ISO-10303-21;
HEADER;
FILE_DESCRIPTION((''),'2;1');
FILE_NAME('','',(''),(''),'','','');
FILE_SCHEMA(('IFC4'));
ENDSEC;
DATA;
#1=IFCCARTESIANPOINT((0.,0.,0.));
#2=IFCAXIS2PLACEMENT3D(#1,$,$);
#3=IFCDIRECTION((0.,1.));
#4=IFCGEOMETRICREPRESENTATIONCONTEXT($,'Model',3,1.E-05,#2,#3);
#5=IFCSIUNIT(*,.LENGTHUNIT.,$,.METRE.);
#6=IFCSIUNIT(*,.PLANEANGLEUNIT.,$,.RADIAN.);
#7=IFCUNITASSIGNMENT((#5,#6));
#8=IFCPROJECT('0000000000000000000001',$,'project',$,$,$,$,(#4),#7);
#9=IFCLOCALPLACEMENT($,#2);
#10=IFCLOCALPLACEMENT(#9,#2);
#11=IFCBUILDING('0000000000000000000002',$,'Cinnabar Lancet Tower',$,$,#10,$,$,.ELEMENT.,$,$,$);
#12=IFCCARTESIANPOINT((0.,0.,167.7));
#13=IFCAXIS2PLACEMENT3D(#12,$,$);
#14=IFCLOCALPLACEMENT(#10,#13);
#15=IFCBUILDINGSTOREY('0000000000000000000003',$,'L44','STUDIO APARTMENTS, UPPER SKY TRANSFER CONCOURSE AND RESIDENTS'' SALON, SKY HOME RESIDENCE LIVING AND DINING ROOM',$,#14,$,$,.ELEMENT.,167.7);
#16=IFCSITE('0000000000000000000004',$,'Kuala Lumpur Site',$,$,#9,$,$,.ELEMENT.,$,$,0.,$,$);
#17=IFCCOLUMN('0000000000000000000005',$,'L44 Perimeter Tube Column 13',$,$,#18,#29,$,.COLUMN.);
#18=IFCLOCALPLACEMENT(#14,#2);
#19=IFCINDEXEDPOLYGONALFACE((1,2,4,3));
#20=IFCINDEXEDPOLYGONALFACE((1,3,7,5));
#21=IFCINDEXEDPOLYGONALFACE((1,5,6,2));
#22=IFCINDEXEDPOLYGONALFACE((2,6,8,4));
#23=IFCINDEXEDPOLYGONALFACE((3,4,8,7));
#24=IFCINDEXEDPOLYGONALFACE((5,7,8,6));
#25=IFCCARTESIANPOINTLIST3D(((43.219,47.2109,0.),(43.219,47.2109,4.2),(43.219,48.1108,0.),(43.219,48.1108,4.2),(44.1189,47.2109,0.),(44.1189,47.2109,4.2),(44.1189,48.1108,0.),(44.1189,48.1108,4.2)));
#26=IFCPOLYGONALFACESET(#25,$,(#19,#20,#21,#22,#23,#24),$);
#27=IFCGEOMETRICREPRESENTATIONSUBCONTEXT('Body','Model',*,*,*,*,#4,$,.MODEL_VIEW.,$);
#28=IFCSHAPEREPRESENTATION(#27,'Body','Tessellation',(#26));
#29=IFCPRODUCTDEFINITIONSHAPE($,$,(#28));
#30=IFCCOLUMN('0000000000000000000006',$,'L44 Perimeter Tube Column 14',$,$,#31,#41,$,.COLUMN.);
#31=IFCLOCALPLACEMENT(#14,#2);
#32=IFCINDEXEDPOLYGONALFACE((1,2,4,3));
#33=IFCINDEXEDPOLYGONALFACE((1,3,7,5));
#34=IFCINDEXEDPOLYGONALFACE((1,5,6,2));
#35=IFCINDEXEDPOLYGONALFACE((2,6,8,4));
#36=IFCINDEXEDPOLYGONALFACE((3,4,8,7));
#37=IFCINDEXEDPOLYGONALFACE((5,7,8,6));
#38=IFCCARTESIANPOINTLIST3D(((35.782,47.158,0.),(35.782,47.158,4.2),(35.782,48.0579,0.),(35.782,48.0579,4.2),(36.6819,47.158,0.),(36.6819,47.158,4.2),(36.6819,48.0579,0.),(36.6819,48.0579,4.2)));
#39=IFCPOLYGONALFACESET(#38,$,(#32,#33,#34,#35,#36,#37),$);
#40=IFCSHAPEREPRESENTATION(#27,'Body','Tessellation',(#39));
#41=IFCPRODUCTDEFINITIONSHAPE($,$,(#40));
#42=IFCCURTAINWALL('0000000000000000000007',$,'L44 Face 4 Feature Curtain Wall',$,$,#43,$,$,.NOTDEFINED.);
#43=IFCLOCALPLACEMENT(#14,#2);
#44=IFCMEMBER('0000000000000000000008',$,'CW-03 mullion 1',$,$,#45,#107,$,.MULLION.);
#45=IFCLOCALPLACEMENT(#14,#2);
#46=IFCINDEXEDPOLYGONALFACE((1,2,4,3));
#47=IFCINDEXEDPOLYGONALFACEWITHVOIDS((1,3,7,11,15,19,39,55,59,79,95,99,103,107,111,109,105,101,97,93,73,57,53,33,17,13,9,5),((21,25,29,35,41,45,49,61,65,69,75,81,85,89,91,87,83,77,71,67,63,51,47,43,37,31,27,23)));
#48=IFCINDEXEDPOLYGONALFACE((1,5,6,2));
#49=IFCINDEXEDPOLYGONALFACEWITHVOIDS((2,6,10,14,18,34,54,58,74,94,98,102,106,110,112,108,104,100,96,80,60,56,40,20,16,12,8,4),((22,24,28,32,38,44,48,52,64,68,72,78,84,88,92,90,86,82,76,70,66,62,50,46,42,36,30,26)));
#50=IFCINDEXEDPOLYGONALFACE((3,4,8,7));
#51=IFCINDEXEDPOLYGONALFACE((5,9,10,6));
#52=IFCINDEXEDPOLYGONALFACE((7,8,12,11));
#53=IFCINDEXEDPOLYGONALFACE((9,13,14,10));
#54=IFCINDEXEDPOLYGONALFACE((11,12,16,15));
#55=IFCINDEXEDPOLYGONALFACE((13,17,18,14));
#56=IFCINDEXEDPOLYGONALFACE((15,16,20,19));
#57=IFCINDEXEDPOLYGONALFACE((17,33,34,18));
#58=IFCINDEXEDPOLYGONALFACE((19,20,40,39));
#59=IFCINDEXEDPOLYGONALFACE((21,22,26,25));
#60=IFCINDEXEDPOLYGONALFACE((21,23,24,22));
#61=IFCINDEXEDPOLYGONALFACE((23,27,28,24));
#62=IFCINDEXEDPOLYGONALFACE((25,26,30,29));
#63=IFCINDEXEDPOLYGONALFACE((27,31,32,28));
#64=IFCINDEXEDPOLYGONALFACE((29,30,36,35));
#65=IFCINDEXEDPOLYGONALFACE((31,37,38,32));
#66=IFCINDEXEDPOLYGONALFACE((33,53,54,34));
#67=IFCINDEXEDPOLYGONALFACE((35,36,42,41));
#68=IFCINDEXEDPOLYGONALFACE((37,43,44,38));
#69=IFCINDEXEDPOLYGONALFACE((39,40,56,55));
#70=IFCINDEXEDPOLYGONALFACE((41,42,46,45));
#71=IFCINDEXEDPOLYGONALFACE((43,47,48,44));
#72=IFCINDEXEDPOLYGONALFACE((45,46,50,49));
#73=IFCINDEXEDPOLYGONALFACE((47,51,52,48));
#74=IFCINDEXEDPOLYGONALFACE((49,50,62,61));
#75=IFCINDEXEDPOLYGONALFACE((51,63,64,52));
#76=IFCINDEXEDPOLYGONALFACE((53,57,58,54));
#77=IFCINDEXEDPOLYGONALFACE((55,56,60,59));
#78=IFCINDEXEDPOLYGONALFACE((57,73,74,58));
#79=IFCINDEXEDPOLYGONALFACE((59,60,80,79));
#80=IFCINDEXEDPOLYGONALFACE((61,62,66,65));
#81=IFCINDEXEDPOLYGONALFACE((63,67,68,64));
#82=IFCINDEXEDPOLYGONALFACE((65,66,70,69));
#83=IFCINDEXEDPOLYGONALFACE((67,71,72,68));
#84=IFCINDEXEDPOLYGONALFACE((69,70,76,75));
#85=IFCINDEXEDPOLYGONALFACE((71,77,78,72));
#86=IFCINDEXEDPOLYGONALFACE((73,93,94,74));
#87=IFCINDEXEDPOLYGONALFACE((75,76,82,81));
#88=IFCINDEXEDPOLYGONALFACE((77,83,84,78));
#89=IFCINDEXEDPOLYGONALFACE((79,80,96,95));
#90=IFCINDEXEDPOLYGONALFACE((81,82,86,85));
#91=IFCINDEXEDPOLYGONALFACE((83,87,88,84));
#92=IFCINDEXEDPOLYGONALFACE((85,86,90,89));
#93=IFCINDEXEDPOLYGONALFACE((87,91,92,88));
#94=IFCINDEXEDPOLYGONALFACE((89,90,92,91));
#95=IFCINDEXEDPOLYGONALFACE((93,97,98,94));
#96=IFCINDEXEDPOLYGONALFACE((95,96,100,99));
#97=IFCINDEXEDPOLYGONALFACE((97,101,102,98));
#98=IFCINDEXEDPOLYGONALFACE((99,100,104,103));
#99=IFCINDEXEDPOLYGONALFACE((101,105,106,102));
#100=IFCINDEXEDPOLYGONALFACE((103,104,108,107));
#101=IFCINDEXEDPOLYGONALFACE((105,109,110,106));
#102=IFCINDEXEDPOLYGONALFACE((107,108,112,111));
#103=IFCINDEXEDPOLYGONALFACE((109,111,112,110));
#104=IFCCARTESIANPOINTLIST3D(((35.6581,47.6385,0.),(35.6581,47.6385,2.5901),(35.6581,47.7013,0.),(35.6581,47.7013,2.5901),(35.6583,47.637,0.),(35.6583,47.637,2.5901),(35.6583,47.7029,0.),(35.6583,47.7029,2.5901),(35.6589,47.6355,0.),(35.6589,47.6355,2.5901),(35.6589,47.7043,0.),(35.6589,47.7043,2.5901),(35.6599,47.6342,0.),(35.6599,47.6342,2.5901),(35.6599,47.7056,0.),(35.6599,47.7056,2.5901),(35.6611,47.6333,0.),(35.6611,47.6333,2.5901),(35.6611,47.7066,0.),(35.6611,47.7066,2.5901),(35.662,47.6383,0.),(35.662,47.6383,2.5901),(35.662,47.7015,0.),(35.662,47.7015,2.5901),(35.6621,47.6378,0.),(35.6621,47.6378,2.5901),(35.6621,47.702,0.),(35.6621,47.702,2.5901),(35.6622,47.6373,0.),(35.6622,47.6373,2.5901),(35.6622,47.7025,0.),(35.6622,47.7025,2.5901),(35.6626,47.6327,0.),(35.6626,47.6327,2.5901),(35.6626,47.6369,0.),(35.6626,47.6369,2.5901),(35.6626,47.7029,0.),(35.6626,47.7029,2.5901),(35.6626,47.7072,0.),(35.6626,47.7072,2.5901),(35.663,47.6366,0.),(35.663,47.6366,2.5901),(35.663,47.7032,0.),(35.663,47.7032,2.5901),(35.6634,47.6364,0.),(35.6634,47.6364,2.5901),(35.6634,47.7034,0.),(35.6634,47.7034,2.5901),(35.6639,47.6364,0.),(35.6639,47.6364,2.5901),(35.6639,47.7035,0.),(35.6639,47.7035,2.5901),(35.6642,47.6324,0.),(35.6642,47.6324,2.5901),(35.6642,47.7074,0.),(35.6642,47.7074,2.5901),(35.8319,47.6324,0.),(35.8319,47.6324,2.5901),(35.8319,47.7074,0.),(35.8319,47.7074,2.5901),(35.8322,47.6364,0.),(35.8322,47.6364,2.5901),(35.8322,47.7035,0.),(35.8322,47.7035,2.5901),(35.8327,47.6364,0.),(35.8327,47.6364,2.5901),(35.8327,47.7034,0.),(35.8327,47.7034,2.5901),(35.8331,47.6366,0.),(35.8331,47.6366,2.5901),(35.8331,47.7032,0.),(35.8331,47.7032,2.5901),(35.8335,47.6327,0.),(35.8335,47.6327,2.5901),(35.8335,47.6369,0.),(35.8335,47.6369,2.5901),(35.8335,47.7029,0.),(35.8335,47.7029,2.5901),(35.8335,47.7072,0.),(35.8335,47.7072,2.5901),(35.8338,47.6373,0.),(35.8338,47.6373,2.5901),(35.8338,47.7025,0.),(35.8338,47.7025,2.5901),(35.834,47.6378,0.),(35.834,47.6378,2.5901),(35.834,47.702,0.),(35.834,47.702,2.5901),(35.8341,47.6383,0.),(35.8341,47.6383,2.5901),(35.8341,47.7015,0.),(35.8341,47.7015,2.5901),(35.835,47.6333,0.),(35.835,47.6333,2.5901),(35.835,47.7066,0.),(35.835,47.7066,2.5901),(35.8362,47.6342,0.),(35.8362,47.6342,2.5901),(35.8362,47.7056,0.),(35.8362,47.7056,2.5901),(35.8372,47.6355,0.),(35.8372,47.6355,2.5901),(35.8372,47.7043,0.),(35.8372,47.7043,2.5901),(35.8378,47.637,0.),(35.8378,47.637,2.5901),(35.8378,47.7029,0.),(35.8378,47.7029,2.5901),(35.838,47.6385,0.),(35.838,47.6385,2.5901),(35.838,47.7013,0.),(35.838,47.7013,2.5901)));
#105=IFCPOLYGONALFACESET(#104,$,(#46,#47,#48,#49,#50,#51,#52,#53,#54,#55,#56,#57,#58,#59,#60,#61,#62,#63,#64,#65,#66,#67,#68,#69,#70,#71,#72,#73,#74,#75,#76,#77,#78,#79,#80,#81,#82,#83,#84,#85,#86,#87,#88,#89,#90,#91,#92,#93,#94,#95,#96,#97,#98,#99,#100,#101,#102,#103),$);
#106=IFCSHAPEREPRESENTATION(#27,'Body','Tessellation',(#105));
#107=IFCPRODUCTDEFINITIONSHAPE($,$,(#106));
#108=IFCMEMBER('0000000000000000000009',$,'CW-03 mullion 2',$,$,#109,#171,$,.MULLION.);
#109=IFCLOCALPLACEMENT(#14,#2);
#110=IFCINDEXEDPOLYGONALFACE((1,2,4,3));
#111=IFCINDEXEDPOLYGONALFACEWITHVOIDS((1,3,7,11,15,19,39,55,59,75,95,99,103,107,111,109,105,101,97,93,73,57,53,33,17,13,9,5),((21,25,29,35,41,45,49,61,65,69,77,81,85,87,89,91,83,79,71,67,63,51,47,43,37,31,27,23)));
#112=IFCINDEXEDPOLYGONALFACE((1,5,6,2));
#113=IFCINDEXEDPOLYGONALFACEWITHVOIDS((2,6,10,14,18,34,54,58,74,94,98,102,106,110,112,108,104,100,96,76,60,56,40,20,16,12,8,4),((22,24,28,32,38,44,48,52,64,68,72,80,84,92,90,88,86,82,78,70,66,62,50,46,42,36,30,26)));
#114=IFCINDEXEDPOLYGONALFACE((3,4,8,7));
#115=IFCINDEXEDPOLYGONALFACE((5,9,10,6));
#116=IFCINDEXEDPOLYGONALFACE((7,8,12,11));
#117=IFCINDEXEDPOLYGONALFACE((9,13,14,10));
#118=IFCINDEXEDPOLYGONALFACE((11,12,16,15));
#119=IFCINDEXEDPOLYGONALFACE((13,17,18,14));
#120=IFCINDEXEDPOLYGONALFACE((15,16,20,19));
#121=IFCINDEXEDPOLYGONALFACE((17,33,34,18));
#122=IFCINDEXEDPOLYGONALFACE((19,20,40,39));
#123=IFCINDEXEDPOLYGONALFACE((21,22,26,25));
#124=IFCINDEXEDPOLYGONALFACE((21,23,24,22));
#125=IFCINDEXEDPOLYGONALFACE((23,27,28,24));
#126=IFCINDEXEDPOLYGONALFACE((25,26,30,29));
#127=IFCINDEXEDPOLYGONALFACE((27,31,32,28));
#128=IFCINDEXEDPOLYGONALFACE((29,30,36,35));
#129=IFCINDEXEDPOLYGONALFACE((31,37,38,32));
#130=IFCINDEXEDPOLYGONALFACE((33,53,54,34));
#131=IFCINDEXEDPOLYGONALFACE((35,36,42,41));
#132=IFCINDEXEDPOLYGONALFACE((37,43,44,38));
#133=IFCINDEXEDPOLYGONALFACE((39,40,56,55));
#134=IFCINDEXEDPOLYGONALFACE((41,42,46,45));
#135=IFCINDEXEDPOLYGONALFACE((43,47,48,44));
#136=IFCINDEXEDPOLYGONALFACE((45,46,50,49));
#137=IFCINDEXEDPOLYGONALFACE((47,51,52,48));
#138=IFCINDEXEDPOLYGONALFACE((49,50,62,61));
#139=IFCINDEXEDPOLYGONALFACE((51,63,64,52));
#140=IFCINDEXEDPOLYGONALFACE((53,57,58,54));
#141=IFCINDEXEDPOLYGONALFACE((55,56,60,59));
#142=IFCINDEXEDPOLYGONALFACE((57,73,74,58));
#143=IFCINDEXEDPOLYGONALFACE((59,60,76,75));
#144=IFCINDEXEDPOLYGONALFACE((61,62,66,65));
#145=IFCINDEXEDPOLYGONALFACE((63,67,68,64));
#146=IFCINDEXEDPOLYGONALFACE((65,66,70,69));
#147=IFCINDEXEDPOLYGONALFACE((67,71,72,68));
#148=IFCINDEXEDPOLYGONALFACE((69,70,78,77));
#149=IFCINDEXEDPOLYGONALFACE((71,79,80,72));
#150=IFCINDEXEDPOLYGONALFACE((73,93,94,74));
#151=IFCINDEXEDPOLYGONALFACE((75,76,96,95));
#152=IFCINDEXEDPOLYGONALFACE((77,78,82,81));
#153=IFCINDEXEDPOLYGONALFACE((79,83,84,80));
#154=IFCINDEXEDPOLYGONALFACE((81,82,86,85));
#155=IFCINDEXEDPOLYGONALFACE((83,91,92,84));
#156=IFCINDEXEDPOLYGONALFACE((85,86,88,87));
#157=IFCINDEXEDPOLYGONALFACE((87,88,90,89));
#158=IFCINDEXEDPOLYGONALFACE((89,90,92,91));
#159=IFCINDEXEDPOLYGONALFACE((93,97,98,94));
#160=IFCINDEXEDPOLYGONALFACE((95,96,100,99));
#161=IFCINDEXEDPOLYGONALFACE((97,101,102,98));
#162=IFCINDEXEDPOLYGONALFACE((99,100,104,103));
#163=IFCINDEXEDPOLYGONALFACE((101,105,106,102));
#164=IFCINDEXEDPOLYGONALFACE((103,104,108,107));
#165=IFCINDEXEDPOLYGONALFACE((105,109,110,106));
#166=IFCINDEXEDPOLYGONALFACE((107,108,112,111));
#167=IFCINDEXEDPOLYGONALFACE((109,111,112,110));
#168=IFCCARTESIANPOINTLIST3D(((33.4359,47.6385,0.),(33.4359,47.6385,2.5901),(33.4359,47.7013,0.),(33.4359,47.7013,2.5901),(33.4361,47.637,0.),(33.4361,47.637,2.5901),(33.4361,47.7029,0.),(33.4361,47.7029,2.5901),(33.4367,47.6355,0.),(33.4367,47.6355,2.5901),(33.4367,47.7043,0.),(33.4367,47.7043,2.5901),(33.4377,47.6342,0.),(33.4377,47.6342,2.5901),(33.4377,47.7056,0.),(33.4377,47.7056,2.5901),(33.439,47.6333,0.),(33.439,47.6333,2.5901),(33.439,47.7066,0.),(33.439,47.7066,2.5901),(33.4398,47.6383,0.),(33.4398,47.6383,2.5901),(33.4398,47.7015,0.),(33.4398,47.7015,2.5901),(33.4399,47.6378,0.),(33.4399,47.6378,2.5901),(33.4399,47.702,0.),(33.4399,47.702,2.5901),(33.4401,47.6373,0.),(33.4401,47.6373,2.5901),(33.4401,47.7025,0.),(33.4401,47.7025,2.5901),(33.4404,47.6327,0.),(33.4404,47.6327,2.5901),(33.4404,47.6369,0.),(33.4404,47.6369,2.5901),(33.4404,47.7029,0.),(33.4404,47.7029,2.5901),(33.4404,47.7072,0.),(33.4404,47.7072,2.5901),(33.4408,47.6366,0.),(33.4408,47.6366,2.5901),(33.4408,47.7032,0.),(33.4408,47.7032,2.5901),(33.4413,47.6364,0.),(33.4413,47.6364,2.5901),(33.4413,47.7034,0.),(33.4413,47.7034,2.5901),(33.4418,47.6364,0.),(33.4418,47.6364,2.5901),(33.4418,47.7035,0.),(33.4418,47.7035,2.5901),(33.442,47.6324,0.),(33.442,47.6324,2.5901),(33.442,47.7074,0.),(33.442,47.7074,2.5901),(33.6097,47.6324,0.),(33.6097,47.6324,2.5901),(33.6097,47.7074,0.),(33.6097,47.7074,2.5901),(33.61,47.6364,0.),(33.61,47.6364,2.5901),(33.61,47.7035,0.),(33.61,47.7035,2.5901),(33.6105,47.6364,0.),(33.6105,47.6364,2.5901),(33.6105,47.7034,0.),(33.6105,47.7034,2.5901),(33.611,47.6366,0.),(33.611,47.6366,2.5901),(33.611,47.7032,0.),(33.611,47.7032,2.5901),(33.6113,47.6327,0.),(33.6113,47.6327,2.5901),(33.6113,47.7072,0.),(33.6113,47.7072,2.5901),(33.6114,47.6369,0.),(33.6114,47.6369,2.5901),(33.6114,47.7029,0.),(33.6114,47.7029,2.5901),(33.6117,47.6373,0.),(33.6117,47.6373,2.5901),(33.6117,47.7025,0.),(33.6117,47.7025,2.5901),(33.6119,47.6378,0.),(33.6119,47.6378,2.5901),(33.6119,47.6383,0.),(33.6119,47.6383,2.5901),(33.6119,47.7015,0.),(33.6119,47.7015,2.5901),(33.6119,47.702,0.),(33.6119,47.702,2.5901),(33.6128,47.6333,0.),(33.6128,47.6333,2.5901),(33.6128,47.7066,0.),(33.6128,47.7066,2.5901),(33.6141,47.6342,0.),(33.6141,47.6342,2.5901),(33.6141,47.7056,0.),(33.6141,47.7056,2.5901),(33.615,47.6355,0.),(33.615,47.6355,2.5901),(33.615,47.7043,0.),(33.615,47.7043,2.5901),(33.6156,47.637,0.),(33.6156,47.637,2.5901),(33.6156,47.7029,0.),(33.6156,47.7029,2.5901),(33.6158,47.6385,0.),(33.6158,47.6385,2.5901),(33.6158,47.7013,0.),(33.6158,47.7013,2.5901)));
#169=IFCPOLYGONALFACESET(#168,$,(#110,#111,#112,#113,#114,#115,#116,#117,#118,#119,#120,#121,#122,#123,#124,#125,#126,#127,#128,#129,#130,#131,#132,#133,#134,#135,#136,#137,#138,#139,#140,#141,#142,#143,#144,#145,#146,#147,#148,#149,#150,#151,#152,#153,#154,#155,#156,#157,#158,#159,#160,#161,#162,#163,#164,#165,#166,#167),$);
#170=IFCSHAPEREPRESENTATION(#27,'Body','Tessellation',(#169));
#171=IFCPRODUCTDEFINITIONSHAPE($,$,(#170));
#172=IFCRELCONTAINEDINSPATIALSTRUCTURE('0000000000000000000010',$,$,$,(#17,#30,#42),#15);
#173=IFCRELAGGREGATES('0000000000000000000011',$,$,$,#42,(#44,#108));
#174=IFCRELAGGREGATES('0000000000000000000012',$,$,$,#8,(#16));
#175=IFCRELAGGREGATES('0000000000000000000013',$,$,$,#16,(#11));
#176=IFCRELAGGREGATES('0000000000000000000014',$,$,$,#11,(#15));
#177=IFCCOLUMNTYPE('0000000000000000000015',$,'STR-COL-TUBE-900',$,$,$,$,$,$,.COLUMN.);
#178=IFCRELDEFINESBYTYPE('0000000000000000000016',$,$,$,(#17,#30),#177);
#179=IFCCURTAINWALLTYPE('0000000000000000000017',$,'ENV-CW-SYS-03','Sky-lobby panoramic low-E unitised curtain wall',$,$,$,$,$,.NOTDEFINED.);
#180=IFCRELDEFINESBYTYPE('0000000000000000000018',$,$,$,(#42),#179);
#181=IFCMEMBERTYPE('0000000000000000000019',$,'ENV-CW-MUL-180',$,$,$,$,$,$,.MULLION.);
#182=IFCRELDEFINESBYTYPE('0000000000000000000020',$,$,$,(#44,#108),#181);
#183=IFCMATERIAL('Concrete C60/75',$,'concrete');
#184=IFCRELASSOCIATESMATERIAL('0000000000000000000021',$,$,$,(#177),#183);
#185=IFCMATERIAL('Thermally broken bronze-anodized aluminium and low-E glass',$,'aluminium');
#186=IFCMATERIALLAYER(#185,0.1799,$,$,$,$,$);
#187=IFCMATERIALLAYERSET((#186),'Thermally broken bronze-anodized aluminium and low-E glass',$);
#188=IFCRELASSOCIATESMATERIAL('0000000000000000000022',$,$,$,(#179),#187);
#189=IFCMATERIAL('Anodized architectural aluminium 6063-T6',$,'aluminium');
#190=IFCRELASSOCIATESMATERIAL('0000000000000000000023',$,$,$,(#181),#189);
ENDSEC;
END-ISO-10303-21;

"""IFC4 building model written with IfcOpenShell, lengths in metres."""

from ifc_helpers import new_model, si_unit, direction, frame, origin, origin_2d, place, context, subcontext, project, spatial, rectangle, hollow_rectangle, extrude, material, layer, layer_set, material_profile, profile_set, type_object, element, aggregate, save


model = new_model("IFC4")

# Units and contexts
model_context = context("Model", 3, precision=1e-05, world=origin(), true_north=direction((0.0, 1.0)))
body_context = subcontext(model_context, "Body", "Model", "MODEL_VIEW")
ifc_project = project(units=[si_unit("LENGTHUNIT", "METRE"), si_unit("PLANEANGLEUNIT", "RADIAN")], contexts=[model_context])

# Site, building, storey
site_placement = place(None, origin())
site = spatial("IfcSite", under=ifc_project, at=site_placement, Name="Kuala Lumpur Site", CompositionType="ELEMENT", RefElevation=0.0)
building_placement = place(site_placement, origin())
building = spatial("IfcBuilding", under=site, at=building_placement, Name="Cinnabar Lancet Tower", CompositionType="ELEMENT")
storey_placement = place(building_placement, frame((0.0, 0.0, 167.7)))
storey = spatial("IfcBuildingStorey", under=building, at=storey_placement, Name="L44", Description="STUDIO APARTMENTS, UPPER SKY TRANSFER CONCOURSE AND RESIDENTS' SALON, SKY HOME RESIDENCE LIVING AND DINING ROOM", CompositionType="ELEMENT", Elevation=167.7)

# Columns
ifc_material_1 = material(Name="Concrete C60/75", Category="concrete")
ifc_material_profile_1 = material_profile(ifc_material_1, rectangle(XDim=0.8999, YDim=0.8999, at=origin_2d()), Name="RC-COL 900x900")
ifc_profile_set_1 = profile_set([ifc_material_profile_1], Name="Concrete C60/75")
column_type = type_object("IfcColumnType", Name="STR-COL-TUBE-900", PredefinedType="COLUMN", material=ifc_profile_set_1)
for number, where, z_axis, x_axis, name in (
    (1, (43.6689, 47.6609, 0.0), (0.0, 0.0, 1.0), (1.0, 0.0, 0.0), "L44 Perimeter Tube Column 13"),
    (2, (36.2319, 47.6079, 0.0), (0.0, 0.0, 1.0), (1.0, 0.0, 0.0), "L44 Perimeter Tube Column 14"),
):
    element("IfcColumn", number, at=place(storey_placement, frame(where, z_axis=z_axis, x_axis=x_axis)), inside=storey, type_object=column_type, Name=name, PredefinedType="COLUMN", context=body_context, shape_type="SweptSolid", body=[
        extrude(rectangle(XDim=0.8999, YDim=0.8999, at=origin_2d()), origin(), (0.0, 0.0, 1.0), 4.2),
    ])

# Curtain wall, members
ifc_material_2 = material(Name="Thermally broken bronze-anodized aluminium and low-E glass", Category="aluminium")
ifc_layer_1 = layer(ifc_material_2, 0.1799)
ifc_layer_set_1 = layer_set([ifc_layer_1], Name="Thermally broken bronze-anodized aluminium and low-E glass")
curtain_wall_type = type_object("IfcCurtainWallType", Name="ENV-CW-SYS-03", Description="Sky-lobby panoramic low-E unitised curtain wall", PredefinedType="NOTDEFINED", material=ifc_layer_set_1)
curtain_wall_placement = place(storey_placement, origin())
curtain_wall = element("IfcCurtainWall", 3, at=curtain_wall_placement, inside=storey, type_object=curtain_wall_type, Name="L44 Face 4 Feature Curtain Wall", PredefinedType="NOTDEFINED")
ifc_material_3 = material(Name="Anodized architectural aluminium 6063-T6", Category="aluminium")
ifc_material_profile_2 = material_profile(ifc_material_3, hollow_rectangle(XDim=0.075, YDim=0.1799, WallThickness=0.0039, InnerFilletRadius=0.002, OuterFilletRadius=0.0061, at=origin_2d()), Name="CW-MUL 180x75x4")
ifc_profile_set_2 = profile_set([ifc_material_profile_2], Name="Anodized architectural aluminium 6063-T6")
member_type_1 = type_object("IfcMemberType", Name="ENV-CW-MUL-180", PredefinedType="MULLION", material=ifc_profile_set_2)
member_1_placement = place(storey_placement, frame((35.748, 47.6699, 0.0), z_axis=(0.0, 0.0, 1.0), x_axis=(0.0, -1.0, 0.0)))
member_1 = element("IfcMember", 4, at=member_1_placement, type_object=member_type_1, Name="CW-03 mullion 1", PredefinedType="MULLION", context=body_context, shape_type="SweptSolid", body=[
    extrude(hollow_rectangle(XDim=0.075, YDim=0.1799, WallThickness=0.0039, InnerFilletRadius=0.002, OuterFilletRadius=0.0061, at=origin_2d()), origin(), (0.0, 0.0, 1.0), 2.5901),
])
member_2_placement = place(storey_placement, frame((33.5259, 47.6699, 0.0), z_axis=(0.0, 0.0, 1.0), x_axis=(0.0, -1.0, 0.0)))
member_2 = element("IfcMember", 5, at=member_2_placement, type_object=member_type_1, Name="CW-03 mullion 2", PredefinedType="MULLION", context=body_context, shape_type="SweptSolid", body=[
    extrude(hollow_rectangle(XDim=0.075, YDim=0.1799, WallThickness=0.0039, InnerFilletRadius=0.002, OuterFilletRadius=0.0061, at=origin_2d()), origin(), (0.0, 0.0, 1.0), 2.5901),
])

aggregate(curtain_wall, [member_1, member_2])

save(model, "model.ifc")
